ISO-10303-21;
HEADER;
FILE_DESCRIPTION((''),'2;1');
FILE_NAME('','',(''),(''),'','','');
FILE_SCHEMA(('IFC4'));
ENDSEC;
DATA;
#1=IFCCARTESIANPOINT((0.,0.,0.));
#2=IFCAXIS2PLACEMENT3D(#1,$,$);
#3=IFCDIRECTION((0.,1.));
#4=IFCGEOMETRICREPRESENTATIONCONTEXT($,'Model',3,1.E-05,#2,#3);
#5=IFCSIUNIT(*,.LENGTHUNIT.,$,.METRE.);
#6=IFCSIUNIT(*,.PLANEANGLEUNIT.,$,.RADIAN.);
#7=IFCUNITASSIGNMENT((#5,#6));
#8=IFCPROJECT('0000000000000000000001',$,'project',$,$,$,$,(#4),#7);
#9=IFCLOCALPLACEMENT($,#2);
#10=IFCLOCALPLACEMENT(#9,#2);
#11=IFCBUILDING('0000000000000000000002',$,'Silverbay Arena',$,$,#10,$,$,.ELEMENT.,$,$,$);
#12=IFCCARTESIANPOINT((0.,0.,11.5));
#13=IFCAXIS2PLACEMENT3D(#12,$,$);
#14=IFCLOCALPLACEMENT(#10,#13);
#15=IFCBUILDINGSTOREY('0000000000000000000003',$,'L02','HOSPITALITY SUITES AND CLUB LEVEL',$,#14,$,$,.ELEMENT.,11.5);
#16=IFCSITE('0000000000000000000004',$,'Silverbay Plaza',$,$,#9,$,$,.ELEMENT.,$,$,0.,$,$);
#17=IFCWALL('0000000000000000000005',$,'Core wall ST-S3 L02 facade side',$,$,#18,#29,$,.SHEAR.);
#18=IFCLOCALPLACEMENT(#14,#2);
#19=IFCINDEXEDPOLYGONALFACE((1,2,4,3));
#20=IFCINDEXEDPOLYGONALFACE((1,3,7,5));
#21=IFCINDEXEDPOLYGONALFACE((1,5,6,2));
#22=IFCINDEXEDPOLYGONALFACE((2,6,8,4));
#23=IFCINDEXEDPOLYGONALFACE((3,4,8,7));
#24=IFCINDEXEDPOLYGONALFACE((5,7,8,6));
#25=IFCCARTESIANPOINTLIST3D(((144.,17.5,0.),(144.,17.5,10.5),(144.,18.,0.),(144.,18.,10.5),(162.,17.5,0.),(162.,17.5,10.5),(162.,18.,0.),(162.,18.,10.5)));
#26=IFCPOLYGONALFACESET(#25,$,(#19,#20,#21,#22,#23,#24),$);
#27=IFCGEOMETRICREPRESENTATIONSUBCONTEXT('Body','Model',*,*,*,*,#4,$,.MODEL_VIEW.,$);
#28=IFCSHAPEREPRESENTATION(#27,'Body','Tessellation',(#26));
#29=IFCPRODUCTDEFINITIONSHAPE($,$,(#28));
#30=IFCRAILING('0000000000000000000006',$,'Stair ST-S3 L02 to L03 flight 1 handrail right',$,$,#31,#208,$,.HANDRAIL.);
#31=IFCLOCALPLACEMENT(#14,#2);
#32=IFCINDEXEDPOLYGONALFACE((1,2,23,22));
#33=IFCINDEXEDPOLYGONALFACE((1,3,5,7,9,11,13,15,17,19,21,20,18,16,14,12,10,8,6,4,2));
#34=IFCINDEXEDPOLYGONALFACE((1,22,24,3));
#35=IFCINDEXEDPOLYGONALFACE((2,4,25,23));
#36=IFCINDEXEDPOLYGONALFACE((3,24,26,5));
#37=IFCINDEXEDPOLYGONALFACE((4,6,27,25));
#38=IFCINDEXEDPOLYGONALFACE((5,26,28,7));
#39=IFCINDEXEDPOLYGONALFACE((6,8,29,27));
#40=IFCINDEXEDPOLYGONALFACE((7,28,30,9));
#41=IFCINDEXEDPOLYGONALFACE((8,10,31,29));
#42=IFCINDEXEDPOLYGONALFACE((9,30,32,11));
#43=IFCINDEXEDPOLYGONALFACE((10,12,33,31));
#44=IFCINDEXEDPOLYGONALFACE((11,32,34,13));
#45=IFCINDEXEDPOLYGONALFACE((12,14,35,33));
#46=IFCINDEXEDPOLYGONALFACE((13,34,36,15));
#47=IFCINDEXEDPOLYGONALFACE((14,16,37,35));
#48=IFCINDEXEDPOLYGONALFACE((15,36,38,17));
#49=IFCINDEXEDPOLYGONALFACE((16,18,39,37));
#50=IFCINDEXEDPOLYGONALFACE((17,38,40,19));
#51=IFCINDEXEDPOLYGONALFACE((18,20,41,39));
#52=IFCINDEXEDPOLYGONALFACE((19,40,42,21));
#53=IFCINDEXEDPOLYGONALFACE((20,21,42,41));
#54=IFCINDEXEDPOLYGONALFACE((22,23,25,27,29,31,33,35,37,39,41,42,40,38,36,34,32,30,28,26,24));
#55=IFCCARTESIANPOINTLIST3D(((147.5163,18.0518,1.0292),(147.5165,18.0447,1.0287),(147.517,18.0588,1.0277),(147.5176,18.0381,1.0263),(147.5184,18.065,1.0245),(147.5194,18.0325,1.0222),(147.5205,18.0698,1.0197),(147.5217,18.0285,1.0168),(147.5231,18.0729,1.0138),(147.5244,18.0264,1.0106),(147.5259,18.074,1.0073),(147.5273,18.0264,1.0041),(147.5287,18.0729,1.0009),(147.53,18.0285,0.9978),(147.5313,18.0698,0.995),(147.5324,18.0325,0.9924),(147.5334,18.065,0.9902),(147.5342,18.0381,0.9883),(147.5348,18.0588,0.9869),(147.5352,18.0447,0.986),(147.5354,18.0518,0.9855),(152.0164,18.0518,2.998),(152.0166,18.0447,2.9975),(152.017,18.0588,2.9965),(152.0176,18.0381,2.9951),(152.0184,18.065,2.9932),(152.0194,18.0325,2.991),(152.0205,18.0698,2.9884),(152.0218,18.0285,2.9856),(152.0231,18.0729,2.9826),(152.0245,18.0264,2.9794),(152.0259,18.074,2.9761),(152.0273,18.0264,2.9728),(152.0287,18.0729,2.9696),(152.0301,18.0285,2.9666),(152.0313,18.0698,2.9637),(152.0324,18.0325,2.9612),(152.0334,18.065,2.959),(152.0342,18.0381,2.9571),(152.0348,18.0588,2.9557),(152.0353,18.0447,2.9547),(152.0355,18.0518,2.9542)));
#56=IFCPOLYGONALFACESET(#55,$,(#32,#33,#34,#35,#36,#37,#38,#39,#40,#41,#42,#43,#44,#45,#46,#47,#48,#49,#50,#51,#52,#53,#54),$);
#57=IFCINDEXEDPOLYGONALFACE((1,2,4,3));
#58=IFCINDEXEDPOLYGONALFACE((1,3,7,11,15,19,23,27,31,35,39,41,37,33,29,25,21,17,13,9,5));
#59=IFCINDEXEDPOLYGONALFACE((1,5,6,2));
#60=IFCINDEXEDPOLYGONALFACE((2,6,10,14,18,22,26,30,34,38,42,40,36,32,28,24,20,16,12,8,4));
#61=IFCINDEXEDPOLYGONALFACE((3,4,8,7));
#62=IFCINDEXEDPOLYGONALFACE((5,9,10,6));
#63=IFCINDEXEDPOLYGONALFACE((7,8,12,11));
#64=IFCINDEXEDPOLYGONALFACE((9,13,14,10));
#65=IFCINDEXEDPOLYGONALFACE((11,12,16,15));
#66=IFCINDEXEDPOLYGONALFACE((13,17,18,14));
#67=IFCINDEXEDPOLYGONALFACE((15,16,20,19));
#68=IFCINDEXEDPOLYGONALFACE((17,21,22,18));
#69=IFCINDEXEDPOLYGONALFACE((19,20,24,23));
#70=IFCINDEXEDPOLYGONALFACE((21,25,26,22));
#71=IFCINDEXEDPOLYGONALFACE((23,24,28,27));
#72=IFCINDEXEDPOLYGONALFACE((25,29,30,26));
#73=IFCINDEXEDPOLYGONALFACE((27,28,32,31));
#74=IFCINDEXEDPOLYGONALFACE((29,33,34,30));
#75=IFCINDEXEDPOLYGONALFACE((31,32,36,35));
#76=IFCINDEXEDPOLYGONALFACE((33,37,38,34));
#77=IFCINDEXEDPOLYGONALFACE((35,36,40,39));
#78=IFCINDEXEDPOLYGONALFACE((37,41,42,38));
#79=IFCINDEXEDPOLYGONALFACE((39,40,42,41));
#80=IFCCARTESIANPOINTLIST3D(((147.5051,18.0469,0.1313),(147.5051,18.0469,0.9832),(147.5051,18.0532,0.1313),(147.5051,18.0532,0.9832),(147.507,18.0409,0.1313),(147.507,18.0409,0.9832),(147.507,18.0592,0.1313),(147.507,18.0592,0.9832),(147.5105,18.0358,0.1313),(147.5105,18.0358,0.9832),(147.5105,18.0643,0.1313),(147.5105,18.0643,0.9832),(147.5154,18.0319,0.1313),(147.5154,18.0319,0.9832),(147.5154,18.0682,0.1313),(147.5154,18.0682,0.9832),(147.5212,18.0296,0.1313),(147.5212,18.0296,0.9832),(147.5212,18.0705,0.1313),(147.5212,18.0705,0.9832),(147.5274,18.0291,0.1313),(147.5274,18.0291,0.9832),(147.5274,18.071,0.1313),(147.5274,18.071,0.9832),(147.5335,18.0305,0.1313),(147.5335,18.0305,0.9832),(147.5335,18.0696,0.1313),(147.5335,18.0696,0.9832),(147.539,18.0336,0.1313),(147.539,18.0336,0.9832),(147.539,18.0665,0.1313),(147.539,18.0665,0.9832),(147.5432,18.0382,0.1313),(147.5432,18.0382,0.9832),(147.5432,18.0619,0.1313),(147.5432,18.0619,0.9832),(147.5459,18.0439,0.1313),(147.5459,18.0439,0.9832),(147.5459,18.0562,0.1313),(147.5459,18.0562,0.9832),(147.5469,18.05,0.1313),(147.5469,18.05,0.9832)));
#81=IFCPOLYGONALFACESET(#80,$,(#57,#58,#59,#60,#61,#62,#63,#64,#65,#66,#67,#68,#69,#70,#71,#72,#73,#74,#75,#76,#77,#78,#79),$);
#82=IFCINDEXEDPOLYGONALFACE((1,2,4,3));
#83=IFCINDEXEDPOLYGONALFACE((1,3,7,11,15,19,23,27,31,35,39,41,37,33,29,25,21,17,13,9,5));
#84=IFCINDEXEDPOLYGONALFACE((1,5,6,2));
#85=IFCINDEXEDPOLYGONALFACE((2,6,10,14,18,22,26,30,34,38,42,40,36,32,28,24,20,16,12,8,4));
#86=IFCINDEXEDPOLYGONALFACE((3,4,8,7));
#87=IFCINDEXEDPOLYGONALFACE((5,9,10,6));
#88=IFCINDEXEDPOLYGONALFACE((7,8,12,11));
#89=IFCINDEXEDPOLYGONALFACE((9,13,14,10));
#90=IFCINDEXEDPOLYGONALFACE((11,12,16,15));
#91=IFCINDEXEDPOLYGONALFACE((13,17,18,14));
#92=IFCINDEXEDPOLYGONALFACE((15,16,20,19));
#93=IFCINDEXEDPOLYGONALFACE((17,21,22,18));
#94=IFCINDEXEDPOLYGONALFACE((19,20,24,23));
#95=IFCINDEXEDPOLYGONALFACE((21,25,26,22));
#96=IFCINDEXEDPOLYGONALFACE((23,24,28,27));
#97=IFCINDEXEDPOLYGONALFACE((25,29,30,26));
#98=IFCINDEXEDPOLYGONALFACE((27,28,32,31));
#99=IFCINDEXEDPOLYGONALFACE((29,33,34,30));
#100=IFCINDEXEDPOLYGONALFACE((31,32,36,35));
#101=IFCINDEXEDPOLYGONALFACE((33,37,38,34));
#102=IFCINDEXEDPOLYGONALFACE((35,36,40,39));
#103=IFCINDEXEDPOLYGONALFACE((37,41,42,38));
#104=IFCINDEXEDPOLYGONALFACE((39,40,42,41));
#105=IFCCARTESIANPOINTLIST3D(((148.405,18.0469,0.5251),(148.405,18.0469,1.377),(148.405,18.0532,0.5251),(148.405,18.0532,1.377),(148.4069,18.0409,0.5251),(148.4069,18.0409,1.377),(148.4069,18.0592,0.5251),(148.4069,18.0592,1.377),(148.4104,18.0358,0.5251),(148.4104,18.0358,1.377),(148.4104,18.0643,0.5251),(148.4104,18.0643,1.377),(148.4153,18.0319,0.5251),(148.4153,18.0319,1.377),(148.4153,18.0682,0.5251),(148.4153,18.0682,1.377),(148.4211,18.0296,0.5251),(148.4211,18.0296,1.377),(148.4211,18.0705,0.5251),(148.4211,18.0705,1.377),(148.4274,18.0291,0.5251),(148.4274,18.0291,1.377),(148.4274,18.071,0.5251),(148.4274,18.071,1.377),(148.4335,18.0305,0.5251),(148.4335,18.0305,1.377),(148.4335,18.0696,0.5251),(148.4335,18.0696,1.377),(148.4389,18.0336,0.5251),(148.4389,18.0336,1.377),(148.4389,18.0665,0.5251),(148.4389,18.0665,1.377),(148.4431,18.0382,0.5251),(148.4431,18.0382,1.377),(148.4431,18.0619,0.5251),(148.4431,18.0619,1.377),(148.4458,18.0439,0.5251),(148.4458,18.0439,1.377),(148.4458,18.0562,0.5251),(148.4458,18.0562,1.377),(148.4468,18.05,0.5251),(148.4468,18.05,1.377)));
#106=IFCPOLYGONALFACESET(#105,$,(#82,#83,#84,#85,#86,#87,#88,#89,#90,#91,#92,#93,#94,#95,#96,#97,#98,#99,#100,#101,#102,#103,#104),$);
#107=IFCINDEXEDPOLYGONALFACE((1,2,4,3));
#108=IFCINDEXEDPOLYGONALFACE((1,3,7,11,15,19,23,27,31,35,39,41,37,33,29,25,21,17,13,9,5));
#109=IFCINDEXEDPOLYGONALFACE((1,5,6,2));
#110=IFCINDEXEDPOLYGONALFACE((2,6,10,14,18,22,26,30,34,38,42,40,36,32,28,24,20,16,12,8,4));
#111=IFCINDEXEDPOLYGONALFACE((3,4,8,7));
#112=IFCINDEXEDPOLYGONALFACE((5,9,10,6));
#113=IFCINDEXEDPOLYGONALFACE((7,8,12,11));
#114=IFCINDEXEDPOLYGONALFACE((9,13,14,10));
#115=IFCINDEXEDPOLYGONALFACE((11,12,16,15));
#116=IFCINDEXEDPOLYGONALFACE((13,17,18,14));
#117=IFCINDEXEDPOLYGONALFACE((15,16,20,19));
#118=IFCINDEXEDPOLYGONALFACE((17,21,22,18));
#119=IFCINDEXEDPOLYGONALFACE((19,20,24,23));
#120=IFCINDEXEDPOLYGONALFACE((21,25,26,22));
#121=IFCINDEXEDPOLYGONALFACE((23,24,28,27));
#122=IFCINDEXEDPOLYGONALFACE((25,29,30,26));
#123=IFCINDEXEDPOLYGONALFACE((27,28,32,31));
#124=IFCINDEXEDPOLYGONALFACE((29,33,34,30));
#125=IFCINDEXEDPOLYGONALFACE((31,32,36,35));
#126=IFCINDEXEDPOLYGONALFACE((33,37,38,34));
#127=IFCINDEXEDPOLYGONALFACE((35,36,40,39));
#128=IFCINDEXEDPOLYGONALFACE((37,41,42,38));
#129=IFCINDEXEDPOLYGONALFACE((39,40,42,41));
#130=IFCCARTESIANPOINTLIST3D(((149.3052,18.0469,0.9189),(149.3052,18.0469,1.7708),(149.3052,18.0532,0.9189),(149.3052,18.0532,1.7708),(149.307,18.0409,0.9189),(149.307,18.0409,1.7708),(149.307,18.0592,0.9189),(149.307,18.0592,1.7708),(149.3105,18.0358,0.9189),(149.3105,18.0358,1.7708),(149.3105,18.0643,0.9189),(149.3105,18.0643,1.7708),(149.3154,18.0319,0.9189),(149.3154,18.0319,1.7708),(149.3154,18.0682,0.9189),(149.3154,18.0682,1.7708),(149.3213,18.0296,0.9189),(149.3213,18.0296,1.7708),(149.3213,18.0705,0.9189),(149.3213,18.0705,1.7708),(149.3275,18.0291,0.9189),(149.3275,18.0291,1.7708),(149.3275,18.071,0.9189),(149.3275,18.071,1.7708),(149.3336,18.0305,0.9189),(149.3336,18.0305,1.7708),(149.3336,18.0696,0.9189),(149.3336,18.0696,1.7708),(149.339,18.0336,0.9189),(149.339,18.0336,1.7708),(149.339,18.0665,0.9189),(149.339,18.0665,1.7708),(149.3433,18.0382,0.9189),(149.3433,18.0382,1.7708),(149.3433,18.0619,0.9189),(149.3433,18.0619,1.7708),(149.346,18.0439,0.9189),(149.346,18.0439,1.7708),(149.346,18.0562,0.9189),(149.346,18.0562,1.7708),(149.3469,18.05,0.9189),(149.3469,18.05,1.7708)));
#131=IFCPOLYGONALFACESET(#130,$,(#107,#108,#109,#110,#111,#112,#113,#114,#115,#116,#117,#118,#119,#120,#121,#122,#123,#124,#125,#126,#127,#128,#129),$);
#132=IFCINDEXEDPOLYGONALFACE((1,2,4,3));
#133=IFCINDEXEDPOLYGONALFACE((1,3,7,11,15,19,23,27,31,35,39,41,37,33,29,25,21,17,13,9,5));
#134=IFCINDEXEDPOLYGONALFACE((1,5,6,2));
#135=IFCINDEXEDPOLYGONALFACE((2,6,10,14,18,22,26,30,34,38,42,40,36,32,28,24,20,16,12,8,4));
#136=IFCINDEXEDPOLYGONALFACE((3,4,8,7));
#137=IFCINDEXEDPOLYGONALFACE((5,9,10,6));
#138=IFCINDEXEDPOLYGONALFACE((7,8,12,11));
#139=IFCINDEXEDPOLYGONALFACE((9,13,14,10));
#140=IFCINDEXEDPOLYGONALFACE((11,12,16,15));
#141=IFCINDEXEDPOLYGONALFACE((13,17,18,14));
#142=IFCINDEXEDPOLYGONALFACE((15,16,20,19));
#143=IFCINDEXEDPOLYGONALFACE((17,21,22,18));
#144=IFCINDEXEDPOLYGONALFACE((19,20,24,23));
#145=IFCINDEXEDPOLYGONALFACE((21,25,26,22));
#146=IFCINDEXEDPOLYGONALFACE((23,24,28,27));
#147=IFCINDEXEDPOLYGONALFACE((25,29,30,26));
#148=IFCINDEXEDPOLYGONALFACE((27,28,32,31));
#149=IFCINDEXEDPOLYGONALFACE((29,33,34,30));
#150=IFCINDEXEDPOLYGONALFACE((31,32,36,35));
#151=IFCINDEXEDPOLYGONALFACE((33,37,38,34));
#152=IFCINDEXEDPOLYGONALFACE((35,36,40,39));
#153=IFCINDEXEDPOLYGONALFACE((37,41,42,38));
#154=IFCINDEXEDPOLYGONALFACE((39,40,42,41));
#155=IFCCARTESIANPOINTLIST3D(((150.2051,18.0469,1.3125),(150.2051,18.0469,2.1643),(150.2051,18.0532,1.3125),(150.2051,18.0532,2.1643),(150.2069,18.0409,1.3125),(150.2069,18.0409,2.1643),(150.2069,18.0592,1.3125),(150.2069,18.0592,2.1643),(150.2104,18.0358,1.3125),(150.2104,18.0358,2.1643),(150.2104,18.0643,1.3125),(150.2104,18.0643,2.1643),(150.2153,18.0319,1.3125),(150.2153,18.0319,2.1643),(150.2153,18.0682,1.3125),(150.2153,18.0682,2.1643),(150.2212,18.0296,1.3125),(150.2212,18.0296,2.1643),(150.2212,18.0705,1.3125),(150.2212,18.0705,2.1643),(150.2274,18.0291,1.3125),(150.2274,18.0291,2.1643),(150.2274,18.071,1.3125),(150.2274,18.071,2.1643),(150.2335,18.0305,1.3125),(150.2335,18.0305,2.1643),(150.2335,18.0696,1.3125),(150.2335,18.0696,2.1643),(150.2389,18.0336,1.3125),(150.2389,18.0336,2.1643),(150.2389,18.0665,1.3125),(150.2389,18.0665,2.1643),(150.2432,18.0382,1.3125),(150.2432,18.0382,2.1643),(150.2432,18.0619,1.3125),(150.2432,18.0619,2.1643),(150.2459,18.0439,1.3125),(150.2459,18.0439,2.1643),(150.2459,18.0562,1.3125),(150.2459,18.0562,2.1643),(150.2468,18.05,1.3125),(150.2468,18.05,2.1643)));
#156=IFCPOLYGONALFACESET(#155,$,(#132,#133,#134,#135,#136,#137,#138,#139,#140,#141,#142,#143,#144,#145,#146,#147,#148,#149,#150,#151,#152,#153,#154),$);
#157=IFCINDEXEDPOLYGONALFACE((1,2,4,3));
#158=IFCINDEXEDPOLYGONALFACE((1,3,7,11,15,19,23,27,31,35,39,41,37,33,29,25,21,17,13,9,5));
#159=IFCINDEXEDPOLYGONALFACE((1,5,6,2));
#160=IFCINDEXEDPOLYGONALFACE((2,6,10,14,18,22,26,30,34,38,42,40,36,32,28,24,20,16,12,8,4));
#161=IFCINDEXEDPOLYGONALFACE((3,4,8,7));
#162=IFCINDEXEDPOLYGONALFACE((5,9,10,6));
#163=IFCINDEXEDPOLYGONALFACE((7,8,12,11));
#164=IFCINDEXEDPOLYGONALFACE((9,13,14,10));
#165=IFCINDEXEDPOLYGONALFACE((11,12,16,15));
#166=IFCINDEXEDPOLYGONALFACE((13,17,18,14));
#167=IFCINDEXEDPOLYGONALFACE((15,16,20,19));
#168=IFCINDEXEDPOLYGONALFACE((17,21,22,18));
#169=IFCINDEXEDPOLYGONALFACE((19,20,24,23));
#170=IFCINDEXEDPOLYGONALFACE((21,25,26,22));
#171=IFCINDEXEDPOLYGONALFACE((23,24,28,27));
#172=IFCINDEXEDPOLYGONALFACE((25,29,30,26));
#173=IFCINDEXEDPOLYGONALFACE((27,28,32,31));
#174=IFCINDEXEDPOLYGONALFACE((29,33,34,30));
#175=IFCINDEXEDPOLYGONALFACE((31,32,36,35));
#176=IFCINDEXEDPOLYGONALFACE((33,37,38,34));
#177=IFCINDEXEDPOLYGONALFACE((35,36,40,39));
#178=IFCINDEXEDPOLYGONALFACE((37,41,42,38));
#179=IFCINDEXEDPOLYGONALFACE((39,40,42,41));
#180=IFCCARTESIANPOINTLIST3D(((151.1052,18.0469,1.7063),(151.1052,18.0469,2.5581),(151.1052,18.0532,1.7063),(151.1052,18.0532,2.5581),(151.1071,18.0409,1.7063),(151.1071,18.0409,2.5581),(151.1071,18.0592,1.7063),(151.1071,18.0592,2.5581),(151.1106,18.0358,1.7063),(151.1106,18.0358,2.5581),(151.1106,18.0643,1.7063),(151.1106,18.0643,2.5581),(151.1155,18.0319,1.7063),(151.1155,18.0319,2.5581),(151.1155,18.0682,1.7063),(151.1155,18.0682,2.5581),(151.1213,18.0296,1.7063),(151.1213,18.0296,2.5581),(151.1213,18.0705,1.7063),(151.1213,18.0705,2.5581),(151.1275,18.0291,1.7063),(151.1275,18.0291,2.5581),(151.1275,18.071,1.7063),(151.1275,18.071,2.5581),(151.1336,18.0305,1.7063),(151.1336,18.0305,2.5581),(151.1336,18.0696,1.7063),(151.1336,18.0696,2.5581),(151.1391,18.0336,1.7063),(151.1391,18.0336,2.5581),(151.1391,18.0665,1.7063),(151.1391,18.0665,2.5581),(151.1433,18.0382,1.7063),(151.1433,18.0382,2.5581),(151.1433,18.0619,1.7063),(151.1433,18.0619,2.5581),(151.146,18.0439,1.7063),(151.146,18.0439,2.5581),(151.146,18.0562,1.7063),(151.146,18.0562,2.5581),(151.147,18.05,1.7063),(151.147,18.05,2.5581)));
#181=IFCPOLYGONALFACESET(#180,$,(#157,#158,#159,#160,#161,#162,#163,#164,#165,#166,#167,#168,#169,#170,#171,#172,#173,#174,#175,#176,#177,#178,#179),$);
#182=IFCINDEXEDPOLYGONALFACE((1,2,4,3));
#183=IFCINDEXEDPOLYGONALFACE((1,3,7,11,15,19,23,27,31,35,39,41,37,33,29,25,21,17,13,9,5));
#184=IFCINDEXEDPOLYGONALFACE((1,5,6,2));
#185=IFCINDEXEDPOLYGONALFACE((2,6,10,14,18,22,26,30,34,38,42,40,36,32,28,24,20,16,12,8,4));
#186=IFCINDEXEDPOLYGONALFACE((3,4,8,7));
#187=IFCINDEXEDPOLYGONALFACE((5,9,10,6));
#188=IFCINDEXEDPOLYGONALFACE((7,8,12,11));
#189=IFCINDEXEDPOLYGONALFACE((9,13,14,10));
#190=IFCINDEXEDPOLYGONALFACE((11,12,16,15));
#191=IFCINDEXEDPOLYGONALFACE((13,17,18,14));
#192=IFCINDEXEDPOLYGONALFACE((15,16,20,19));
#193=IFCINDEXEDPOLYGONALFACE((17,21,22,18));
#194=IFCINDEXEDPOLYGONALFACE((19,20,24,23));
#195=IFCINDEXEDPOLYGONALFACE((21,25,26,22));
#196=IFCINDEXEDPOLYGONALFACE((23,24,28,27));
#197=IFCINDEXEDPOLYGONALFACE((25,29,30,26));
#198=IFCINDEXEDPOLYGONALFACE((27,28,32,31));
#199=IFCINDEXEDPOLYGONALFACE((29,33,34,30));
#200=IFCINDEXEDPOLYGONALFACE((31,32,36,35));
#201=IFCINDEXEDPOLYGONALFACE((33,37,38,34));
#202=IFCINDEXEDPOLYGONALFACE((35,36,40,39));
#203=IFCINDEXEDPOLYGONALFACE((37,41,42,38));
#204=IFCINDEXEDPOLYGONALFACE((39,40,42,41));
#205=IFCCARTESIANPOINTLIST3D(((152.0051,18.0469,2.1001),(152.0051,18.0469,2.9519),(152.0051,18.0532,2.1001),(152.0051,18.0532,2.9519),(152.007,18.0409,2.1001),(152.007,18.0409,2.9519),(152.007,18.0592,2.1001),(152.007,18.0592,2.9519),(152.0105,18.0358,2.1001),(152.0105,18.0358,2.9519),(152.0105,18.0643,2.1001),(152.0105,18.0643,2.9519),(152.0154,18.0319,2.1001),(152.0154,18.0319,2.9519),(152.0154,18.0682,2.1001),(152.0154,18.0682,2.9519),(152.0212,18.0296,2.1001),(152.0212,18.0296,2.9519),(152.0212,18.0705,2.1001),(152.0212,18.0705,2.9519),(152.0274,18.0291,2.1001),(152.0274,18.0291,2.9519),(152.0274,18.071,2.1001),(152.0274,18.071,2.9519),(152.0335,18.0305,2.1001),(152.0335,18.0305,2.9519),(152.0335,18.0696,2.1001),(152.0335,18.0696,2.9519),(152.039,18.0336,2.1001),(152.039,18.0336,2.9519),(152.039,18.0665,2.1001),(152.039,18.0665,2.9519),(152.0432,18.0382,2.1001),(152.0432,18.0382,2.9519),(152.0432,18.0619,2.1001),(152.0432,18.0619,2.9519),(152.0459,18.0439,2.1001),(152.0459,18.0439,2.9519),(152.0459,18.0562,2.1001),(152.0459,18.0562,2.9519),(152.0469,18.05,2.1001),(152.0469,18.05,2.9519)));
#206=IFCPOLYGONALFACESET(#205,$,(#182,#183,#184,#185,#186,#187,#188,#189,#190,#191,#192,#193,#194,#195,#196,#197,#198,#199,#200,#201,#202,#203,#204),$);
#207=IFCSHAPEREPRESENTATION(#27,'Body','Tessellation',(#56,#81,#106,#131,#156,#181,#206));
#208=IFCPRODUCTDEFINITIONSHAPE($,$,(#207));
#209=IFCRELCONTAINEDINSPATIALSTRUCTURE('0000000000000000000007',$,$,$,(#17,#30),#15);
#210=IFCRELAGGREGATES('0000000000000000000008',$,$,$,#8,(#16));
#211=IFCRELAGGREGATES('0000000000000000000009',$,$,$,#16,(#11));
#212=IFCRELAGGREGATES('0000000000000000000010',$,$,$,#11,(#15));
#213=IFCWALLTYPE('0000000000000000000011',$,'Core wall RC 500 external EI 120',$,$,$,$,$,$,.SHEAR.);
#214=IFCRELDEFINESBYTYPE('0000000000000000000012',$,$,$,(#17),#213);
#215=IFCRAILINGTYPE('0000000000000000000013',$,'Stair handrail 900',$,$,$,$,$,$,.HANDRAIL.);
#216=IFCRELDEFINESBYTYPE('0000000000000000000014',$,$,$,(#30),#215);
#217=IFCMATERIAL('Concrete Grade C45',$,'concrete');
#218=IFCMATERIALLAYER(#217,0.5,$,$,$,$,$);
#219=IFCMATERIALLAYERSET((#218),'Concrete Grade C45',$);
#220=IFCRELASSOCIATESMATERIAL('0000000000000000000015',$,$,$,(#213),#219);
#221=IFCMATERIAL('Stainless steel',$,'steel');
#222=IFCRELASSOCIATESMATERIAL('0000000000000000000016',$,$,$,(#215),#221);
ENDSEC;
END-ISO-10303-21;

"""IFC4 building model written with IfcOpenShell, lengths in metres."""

from ifc_helpers import new_model, si_unit, direction, frame, frame_2d, origin, origin_2d, place, context, subcontext, project, spatial, rectangle, circle, extrude, material, layer, layer_set, type_object, element, save


model = new_model("IFC4")

# Units and contexts
model_context = context("Model", 3, precision=1e-05, world=origin(), true_north=direction((0.0, 1.0)))
body_context = subcontext(model_context, "Body", "Model", "MODEL_VIEW")
ifc_project = project(units=[si_unit("LENGTHUNIT", "METRE"), si_unit("PLANEANGLEUNIT", "RADIAN")], contexts=[model_context])

# Site, building, storey
site_placement = place(None, origin())
site = spatial("IfcSite", under=ifc_project, at=site_placement, Name="Silverbay Plaza", CompositionType="ELEMENT", RefElevation=0.0)
building_placement = place(site_placement, origin())
building = spatial("IfcBuilding", under=site, at=building_placement, Name="Silverbay Arena", CompositionType="ELEMENT")
storey_placement = place(building_placement, frame((0.0, 0.0, 11.5)))
storey = spatial("IfcBuildingStorey", under=building, at=storey_placement, Name="L02", Description="HOSPITALITY SUITES AND CLUB LEVEL", CompositionType="ELEMENT", Elevation=11.5)

# Wall
ifc_material_1 = material(Name="Concrete Grade C45", Category="concrete")
ifc_layer_1 = layer(ifc_material_1, 0.5)
ifc_layer_set_1 = layer_set([ifc_layer_1], Name="Concrete Grade C45")
wall_type = type_object("IfcWallType", Name="Core wall RC 500 external EI 120", PredefinedType="SHEAR", material=ifc_layer_set_1)
wall_placement = place(storey_placement, frame((144.0, 17.75, 0.0), z_axis=(0.0, 0.0, 1.0), x_axis=(1.0, 0.0, 0.0)))
element("IfcWall", 1, at=wall_placement, inside=storey, type_object=wall_type, Name="Core wall ST-S3 L02 facade side", PredefinedType="SHEAR", context=body_context, shape_type="SweptSolid", body=[
    extrude(rectangle(XDim=18.0, YDim=0.5, at=frame_2d((9.0, 0.0))), origin(), (0.0, 0.0, 1.0), 10.5),
])

# Railing
ifc_material_2 = material(Name="Stainless steel", Category="steel")
railing_type = type_object("IfcRailingType", Name="Stair handrail 900", PredefinedType="HANDRAIL", material=ifc_material_2)
for number, where, name in (
    (2, (147.5259, 18.05, 0.1313), "Stair ST-S3 L02 to L03 flight 1 handrail right"),
):
    element("IfcRailing", number, at=place(storey_placement, frame(where)), inside=storey, type_object=railing_type, Name=name, PredefinedType="HANDRAIL", context=body_context, shape_type="SweptSolid", body=[
        extrude(circle(Radius=0.0239, at=origin_2d()), frame((0.0, 0.0, 0.876), z_axis=(0.916157, 0.0, 0.400819), x_axis=(0.0, 1.0, 0.0)), (0.0, 0.0, 1.0), 4.9119),
        extrude(circle(Radius=0.021, at=origin_2d()), origin(), (0.0, 0.0, 1.0), 0.8518),
        extrude(circle(Radius=0.021, at=origin_2d()), frame((0.8999, 0.0, 0.3938)), (0.0, 0.0, 1.0), 0.8518),
        extrude(circle(Radius=0.021, at=origin_2d()), frame((1.8, 0.0, 0.7876)), (0.0, 0.0, 1.0), 0.8518),
        extrude(circle(Radius=0.021, at=origin_2d()), frame((2.7, 0.0, 1.1812)), (0.0, 0.0, 1.0), 0.8518),
        extrude(circle(Radius=0.021, at=origin_2d()), frame((3.6001, 0.0, 1.575)), (0.0, 0.0, 1.0), 0.8518),
        extrude(circle(Radius=0.021, at=origin_2d()), frame((4.5, 0.0, 1.9688)), (0.0, 0.0, 1.0), 0.8518),
    ])

save(model, "model.ifc")
